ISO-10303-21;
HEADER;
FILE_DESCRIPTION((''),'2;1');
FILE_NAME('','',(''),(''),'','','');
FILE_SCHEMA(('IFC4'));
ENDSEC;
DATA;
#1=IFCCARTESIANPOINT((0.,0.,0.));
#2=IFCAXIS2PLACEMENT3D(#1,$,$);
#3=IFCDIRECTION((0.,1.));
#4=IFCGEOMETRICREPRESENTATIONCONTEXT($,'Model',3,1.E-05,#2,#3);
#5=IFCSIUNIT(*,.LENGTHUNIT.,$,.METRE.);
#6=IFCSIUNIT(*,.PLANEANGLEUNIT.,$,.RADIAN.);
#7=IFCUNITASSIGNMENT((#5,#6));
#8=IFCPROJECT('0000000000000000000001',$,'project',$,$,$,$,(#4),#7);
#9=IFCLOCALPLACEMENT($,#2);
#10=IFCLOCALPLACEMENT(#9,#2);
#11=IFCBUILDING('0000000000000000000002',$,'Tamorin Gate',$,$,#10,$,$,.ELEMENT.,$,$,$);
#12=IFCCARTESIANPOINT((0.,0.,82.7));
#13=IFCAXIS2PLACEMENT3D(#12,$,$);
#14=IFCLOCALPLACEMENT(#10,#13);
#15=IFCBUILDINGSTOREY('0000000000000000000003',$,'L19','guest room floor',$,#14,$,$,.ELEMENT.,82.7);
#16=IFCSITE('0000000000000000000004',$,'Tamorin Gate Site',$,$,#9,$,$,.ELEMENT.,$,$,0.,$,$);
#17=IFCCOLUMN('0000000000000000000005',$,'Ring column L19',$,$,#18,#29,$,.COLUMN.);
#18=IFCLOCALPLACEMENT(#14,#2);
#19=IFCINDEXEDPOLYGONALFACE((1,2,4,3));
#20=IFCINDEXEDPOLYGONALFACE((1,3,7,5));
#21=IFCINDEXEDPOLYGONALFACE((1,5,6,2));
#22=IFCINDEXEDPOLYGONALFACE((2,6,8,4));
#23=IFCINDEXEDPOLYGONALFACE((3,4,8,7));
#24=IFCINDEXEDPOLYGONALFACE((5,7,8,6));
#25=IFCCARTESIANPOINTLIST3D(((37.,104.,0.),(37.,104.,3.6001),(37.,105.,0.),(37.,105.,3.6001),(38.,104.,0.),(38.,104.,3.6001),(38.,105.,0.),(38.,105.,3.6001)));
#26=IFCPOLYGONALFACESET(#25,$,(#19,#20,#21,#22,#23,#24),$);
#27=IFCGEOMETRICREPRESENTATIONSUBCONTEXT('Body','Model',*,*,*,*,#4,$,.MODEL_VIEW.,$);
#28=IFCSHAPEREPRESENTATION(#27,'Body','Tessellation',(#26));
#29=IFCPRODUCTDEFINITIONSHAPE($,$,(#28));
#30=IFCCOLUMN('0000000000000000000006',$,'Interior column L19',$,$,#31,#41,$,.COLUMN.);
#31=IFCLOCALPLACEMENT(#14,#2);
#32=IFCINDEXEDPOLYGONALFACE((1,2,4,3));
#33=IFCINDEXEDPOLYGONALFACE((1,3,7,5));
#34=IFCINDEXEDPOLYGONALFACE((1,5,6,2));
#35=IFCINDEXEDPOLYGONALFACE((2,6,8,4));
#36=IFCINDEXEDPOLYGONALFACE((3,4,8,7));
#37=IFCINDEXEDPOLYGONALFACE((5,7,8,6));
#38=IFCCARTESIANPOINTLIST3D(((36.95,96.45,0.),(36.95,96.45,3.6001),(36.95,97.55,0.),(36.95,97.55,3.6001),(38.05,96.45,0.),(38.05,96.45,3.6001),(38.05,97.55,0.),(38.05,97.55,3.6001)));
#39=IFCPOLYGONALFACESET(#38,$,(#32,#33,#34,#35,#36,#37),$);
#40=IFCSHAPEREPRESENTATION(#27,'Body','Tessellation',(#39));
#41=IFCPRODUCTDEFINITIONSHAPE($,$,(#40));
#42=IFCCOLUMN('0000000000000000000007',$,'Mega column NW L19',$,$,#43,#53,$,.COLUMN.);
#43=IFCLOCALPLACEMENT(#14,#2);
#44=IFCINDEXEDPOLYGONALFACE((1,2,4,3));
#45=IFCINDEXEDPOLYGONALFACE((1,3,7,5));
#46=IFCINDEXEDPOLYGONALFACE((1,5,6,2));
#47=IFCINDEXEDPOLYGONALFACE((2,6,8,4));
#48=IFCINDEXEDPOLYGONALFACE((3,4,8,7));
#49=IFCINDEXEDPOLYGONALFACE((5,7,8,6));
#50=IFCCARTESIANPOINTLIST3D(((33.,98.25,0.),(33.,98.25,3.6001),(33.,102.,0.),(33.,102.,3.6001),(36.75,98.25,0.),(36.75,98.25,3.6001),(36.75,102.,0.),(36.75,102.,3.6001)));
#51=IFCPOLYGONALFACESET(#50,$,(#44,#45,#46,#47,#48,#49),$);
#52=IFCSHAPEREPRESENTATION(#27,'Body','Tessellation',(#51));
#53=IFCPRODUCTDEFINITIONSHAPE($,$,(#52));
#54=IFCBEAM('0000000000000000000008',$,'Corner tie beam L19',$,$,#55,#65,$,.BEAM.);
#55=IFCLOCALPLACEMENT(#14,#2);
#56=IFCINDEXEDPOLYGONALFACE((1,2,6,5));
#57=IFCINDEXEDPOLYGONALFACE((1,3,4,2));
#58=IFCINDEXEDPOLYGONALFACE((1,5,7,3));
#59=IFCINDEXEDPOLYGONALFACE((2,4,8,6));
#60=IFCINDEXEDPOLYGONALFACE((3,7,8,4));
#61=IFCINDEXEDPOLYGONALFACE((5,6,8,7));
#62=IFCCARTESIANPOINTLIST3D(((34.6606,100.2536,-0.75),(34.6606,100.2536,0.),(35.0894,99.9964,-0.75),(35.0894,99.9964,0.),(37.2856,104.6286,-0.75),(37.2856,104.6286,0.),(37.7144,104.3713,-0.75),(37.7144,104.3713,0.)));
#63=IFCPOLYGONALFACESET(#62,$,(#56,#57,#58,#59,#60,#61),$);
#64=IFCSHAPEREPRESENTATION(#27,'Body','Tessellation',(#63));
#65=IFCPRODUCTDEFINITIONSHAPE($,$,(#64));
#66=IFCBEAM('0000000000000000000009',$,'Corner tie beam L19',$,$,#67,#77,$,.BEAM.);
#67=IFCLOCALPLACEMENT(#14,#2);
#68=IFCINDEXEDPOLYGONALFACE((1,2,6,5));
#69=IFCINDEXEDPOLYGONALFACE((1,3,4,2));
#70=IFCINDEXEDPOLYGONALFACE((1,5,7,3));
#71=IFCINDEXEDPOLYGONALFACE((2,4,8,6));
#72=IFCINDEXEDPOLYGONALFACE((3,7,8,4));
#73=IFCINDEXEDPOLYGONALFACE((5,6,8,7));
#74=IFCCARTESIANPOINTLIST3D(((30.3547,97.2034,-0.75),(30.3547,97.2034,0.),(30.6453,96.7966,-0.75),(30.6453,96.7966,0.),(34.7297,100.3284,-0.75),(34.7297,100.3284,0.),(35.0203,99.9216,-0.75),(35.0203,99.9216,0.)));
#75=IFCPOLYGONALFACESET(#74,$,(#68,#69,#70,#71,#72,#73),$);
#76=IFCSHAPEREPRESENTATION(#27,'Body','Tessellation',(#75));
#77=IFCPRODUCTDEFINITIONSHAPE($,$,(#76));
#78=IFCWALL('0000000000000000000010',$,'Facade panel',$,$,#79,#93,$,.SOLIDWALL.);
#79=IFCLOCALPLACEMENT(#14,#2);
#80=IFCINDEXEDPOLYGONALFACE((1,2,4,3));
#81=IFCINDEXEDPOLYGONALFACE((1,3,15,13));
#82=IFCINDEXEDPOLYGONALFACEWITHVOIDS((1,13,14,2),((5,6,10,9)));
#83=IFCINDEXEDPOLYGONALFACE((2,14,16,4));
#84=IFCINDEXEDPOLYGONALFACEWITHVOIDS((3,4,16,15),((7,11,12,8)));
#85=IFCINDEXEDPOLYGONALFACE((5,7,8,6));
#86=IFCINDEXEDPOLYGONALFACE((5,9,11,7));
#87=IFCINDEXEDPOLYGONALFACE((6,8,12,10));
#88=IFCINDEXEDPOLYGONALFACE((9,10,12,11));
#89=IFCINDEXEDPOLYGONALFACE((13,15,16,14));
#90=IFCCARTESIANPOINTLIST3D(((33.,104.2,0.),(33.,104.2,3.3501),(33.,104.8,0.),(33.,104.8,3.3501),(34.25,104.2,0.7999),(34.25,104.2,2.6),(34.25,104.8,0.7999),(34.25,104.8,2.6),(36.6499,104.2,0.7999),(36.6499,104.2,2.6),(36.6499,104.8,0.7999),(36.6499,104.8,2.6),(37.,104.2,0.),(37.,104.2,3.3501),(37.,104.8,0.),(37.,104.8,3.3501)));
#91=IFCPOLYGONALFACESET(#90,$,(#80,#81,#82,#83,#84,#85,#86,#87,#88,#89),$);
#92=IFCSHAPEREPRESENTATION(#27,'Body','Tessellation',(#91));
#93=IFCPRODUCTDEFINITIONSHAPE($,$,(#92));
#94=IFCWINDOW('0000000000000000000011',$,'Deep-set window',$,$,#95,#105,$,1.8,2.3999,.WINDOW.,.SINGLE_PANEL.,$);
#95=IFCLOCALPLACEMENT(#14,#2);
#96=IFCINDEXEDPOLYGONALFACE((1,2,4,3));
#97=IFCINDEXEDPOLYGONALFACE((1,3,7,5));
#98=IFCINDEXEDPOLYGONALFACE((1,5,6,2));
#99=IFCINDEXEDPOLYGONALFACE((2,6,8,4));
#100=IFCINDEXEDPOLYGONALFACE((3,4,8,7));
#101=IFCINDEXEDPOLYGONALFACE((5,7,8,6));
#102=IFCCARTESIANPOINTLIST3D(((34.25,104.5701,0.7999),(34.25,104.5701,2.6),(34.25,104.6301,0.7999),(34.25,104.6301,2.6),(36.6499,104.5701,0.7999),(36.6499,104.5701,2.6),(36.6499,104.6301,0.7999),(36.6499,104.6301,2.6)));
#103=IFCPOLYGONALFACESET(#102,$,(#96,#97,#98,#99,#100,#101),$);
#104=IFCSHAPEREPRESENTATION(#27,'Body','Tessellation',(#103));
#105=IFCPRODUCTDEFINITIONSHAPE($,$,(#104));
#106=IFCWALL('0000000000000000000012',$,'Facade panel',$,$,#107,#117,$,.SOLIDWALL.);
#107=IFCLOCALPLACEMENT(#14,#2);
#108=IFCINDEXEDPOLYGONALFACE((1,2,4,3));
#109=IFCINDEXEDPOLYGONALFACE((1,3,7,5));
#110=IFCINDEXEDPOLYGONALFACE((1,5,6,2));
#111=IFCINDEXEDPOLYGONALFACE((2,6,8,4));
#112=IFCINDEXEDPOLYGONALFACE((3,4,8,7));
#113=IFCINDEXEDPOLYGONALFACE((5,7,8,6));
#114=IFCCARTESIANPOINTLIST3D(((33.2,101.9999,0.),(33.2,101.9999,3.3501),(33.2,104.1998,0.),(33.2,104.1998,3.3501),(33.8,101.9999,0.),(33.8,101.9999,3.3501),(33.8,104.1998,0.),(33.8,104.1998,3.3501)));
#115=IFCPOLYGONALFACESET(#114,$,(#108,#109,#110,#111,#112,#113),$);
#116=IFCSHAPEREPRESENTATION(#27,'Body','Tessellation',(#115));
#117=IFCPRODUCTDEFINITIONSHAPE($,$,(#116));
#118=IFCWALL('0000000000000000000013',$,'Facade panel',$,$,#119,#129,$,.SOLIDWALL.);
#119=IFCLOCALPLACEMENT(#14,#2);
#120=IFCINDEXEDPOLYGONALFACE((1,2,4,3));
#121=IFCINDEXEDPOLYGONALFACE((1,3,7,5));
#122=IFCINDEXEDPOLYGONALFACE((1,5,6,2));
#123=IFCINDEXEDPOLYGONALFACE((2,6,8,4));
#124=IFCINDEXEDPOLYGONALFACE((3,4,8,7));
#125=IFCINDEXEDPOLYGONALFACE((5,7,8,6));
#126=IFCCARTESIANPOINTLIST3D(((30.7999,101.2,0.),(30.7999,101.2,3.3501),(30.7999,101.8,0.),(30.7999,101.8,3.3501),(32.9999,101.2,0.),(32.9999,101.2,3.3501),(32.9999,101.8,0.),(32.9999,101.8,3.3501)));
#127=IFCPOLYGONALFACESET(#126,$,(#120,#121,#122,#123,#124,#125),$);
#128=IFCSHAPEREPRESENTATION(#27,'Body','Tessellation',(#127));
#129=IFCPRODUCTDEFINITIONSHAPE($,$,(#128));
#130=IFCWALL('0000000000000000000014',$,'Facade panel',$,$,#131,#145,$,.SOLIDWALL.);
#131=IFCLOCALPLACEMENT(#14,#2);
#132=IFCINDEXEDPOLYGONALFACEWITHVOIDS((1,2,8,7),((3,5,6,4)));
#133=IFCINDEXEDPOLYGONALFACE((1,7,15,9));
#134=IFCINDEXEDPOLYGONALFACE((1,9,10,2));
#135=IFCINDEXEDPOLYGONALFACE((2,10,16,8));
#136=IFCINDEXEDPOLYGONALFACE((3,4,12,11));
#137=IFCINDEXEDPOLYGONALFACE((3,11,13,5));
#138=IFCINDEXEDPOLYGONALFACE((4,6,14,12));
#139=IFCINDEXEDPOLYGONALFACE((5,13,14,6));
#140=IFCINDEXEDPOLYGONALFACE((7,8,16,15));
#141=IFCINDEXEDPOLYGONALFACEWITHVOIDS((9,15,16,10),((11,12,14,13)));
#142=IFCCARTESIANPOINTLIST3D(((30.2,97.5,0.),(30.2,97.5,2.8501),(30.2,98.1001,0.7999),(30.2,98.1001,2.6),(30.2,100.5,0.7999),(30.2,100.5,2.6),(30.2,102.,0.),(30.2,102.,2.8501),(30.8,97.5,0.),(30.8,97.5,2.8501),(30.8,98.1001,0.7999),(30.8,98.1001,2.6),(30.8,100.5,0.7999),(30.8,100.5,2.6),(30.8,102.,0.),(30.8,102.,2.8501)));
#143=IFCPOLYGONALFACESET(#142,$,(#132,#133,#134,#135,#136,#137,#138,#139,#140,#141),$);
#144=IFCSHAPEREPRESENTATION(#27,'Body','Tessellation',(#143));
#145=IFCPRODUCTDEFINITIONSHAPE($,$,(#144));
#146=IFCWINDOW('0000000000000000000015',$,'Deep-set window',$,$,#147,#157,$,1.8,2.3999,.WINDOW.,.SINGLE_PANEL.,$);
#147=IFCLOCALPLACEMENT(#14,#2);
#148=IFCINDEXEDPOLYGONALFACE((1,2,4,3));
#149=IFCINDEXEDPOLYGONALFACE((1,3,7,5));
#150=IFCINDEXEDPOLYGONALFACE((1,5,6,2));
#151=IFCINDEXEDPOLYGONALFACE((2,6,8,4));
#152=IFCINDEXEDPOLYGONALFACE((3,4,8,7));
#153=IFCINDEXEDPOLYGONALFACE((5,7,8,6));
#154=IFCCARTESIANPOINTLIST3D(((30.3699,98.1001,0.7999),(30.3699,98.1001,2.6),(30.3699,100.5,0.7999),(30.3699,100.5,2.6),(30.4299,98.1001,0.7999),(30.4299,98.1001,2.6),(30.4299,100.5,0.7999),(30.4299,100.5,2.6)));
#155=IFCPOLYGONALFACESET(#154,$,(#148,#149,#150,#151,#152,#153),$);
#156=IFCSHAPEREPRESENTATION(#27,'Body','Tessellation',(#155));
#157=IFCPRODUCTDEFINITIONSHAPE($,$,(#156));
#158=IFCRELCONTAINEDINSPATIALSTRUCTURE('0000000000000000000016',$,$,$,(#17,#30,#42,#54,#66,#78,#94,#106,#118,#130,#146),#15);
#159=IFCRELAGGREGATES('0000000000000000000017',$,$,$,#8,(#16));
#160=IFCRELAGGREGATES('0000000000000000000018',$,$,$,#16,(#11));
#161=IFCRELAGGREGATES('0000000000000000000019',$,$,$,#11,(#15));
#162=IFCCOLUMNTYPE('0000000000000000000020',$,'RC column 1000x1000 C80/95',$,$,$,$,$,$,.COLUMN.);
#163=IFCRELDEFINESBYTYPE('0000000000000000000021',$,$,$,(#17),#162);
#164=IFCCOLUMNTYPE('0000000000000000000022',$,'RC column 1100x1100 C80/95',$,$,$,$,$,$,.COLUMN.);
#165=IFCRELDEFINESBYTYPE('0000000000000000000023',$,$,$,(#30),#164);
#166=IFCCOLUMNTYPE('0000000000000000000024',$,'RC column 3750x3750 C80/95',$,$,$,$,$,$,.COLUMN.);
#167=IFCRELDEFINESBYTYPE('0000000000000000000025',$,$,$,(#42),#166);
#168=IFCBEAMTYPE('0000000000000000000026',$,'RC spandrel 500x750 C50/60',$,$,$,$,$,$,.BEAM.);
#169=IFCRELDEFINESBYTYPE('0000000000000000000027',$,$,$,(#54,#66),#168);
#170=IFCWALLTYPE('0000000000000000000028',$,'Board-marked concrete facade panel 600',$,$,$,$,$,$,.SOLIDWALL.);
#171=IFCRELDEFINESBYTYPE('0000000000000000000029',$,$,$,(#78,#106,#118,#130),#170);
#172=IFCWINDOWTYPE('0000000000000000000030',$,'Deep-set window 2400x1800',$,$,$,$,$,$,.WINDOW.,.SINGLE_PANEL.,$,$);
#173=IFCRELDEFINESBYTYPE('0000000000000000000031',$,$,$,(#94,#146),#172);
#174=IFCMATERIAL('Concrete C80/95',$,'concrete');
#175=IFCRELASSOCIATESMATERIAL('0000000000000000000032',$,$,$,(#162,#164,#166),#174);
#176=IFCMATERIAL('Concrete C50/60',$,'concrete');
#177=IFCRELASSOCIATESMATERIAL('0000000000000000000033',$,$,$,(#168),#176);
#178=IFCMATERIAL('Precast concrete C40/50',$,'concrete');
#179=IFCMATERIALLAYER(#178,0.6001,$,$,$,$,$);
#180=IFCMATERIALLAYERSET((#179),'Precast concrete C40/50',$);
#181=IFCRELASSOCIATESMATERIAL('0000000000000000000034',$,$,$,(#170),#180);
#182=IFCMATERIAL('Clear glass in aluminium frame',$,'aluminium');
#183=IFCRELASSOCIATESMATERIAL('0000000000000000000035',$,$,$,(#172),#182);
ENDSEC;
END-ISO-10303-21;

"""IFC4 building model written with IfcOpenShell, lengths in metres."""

from ifc_helpers import new_model, si_unit, direction, frame, frame_2d, origin, origin_2d, place, context, subcontext, project, spatial, rectangle, extrude, material, layer, layer_set, material_profile, profile_set, type_object, element, fill, save


model = new_model("IFC4")

# Units and contexts
model_context = context("Model", 3, precision=1e-05, world=origin(), true_north=direction((0.0, 1.0)))
body_context = subcontext(model_context, "Body", "Model", "MODEL_VIEW")
ifc_project = project(units=[si_unit("LENGTHUNIT", "METRE"), si_unit("PLANEANGLEUNIT", "RADIAN")], contexts=[model_context])

# Site, building, storey
site_placement = place(None, origin())
site = spatial("IfcSite", under=ifc_project, at=site_placement, Name="Tamorin Gate Site", CompositionType="ELEMENT", RefElevation=0.0)
building_placement = place(site_placement, origin())
building = spatial("IfcBuilding", under=site, at=building_placement, Name="Tamorin Gate", CompositionType="ELEMENT")
storey_placement = place(building_placement, frame((0.0, 0.0, 82.7)))
storey = spatial("IfcBuildingStorey", under=building, at=storey_placement, Name="L19", Description="guest room floor", CompositionType="ELEMENT", Elevation=82.7)

# Columns
ifc_material_1 = material(Name="Concrete C80/95", Category="concrete")
ifc_material_profile_1 = material_profile(ifc_material_1, rectangle(XDim=1.0, YDim=1.0, at=origin_2d()), Name="RC 1000x1000")
ifc_profile_set_1 = profile_set([ifc_material_profile_1], Name="Concrete C80/95")
column_type_1 = type_object("IfcColumnType", Name="RC column 1000x1000 C80/95", PredefinedType="COLUMN", material=ifc_profile_set_1)
column_1_placement = place(storey_placement, frame((37.5, 104.5, 0.0), z_axis=(0.0, 0.0, 1.0), x_axis=(1.0, 0.0, 0.0)))
element("IfcColumn", 1, at=column_1_placement, inside=storey, type_object=column_type_1, Name="Ring column L19", PredefinedType="COLUMN", context=body_context, shape_type="SweptSolid", body=[
    extrude(rectangle(XDim=1.0, YDim=1.0, at=origin_2d()), origin(), (0.0, 0.0, 1.0), 3.6001),
])
ifc_material_profile_2 = material_profile(ifc_material_1, rectangle(XDim=1.1001, YDim=1.1001, at=origin_2d()), Name="RC 1100x1100")
ifc_profile_set_2 = profile_set([ifc_material_profile_2], Name="Concrete C80/95")
column_type_2 = type_object("IfcColumnType", Name="RC column 1100x1100 C80/95", PredefinedType="COLUMN", material=ifc_profile_set_2)
column_2_placement = place(storey_placement, frame((37.5, 97.0, 0.0), z_axis=(0.0, 0.0, 1.0), x_axis=(1.0, 0.0, 0.0)))
element("IfcColumn", 2, at=column_2_placement, inside=storey, type_object=column_type_2, Name="Interior column L19", PredefinedType="COLUMN", context=body_context, shape_type="SweptSolid", body=[
    extrude(rectangle(XDim=1.1001, YDim=1.1001, at=origin_2d()), origin(), (0.0, 0.0, 1.0), 3.6001),
])
ifc_material_profile_3 = material_profile(ifc_material_1, rectangle(XDim=3.75, YDim=3.75, at=origin_2d()), Name="RC 3750x3750")
ifc_profile_set_3 = profile_set([ifc_material_profile_3], Name="Concrete C80/95")
column_type_3 = type_object("IfcColumnType", Name="RC column 3750x3750 C80/95", PredefinedType="COLUMN", material=ifc_profile_set_3)
column_3_placement = place(storey_placement, frame((34.875, 100.125, 0.0), z_axis=(0.0, 0.0, 1.0), x_axis=(1.0, 0.0, 0.0)))
element("IfcColumn", 3, at=column_3_placement, inside=storey, type_object=column_type_3, Name="Mega column NW L19", PredefinedType="COLUMN", context=body_context, shape_type="SweptSolid", body=[
    extrude(rectangle(XDim=3.75, YDim=3.75, at=origin_2d()), origin(), (0.0, 0.0, 1.0), 3.6001),
])

# Beams
ifc_material_2 = material(Name="Concrete C50/60", Category="concrete")
ifc_material_profile_4 = material_profile(ifc_material_2, rectangle(XDim=0.5, YDim=0.75, at=origin_2d()), Name="RC 500x750")
ifc_profile_set_4 = profile_set([ifc_material_profile_4], Name="Concrete C50/60")
beam_type = type_object("IfcBeamType", Name="RC spandrel 500x750 C50/60", PredefinedType="BEAM", material=ifc_profile_set_4)
beam_1_placement = place(storey_placement, frame((34.875, 100.125, -0.375), z_axis=(0.514496, 0.857493, 0.0), x_axis=(-0.857493, 0.514496, 0.0)))
element("IfcBeam", 4, at=beam_1_placement, inside=storey, type_object=beam_type, Name="Corner tie beam L19", PredefinedType="BEAM", context=body_context, shape_type="SweptSolid", body=[
    extrude(rectangle(XDim=0.5, YDim=0.75, at=origin_2d()), origin(), (0.0, 0.0, 1.0), 5.1021),
])
beam_2_placement = place(storey_placement, frame((34.875, 100.125, -0.375), z_axis=(-0.813733, -0.581238, 0.0), x_axis=(0.581238, -0.813733, 0.0)))
element("IfcBeam", 5, at=beam_2_placement, inside=storey, type_object=beam_type, Name="Corner tie beam L19", PredefinedType="BEAM", context=body_context, shape_type="SweptSolid", body=[
    extrude(rectangle(XDim=0.5, YDim=0.75, at=origin_2d()), origin(), (0.0, 0.0, 1.0), 5.3765),
])

# Wall, opening, window
ifc_material_3 = material(Name="Precast concrete C40/50", Category="concrete")
ifc_layer_1 = layer(ifc_material_3, 0.6001)
ifc_layer_set_1 = layer_set([ifc_layer_1], Name="Precast concrete C40/50")
wall_type_1 = type_object("IfcWallType", Name="Board-marked concrete facade panel 600", PredefinedType="SOLIDWALL", material=ifc_layer_set_1)
wall_1_placement = place(storey_placement, frame((37.0, 104.5, 0.0), z_axis=(0.0, 0.0, 1.0), x_axis=(-1.0, 0.0, 0.0)))
wall_1 = element("IfcWall", 6, at=wall_1_placement, inside=storey, type_object=wall_type_1, Name="Facade panel", PredefinedType="SOLIDWALL", context=body_context, shape_type="SweptSolid", body=[
    extrude(rectangle(XDim=4.0, YDim=0.6001, at=frame_2d((2.0, 0.0))), origin(), (0.0, 0.0, 1.0), 3.3501),
])
opening_1_placement = place(wall_1_placement, frame((0.3501, 0.0, 0.8)))
opening_1 = element("IfcOpeningElement", 7, at=opening_1_placement, cuts=wall_1, PredefinedType="OPENING", context=body_context, shape_type="SweptSolid", body=[
    extrude(rectangle(XDim=2.3999, YDim=1.8, at=frame_2d((1.2, 0.8999))), frame((0.0, 0.3101, 0.0), z_axis=(0.0, -1.0, 0.0), x_axis=(1.0, 0.0, 0.0)), (0.0, 0.0, 1.0), 0.6201),
])
ifc_material_4 = material(Name="Clear glass in aluminium frame", Category="aluminium")
window_type = type_object("IfcWindowType", Name="Deep-set window 2400x1800", PartitioningType="SINGLE_PANEL", PredefinedType="WINDOW", material=ifc_material_4)
window_1_placement = place(opening_1_placement, origin())
window_1 = element("IfcWindow", 8, at=window_1_placement, inside=storey, type_object=window_type, Name="Deep-set window", OverallHeight=1.8, OverallWidth=2.3999, PartitioningType="SINGLE_PANEL", PredefinedType="WINDOW", context=body_context, shape_type="SweptSolid", body=[
    extrude(rectangle(XDim=2.3999, YDim=1.8, at=frame_2d((1.2, 0.8999))), frame((0.0, -0.0701, 0.0), z_axis=(0.0, -1.0, 0.0), x_axis=(1.0, 0.0, 0.0)), (0.0, 0.0, 1.0), 0.0601),
])
fill(opening_1, window_1)

# Walls
for number, where, z_axis, x_axis, name in (
    (9, (33.5, 104.2, 0.0), (0.0, 0.0, 1.0), (0.0, -1.0, 0.0), "Facade panel"),
    (10, (33.0, 101.5, 0.0), (0.0, 0.0, 1.0), (-1.0, 0.0, 0.0), "Facade panel"),
):
    element("IfcWall", number, at=place(storey_placement, frame(where, z_axis=z_axis, x_axis=x_axis)), inside=storey, type_object=wall_type_1, Name=name, PredefinedType="SOLIDWALL", context=body_context, shape_type="SweptSolid", body=[
        extrude(rectangle(XDim=2.2, YDim=0.6001, at=frame_2d((1.1001, 0.0))), origin(), (0.0, 0.0, 1.0), 3.3501),
    ])

# Wall, opening, window
wall_2_placement = place(storey_placement, frame((30.5, 102.0, 0.0), z_axis=(0.0, 0.0, 1.0), x_axis=(0.0, -1.0, 0.0)))
wall_2 = element("IfcWall", 11, at=wall_2_placement, inside=storey, type_object=wall_type_1, Name="Facade panel", PredefinedType="SOLIDWALL", context=body_context, shape_type="SweptSolid", body=[
    extrude(rectangle(XDim=4.5, YDim=0.6001, at=frame_2d((2.25, 0.0))), origin(), (0.0, 0.0, 1.0), 2.8501),
])
opening_2_placement = place(wall_2_placement, frame((1.5, 0.0, 0.8)))
opening_2 = element("IfcOpeningElement", 12, at=opening_2_placement, cuts=wall_2, PredefinedType="OPENING", context=body_context, shape_type="SweptSolid", body=[
    extrude(rectangle(XDim=2.3999, YDim=1.8, at=frame_2d((1.2, 0.8999))), frame((0.0, 0.3101, 0.0), z_axis=(0.0, -1.0, 0.0), x_axis=(1.0, 0.0, 0.0)), (0.0, 0.0, 1.0), 0.6201),
])
window_2_placement = place(opening_2_placement, origin())
window_2 = element("IfcWindow", 13, at=window_2_placement, inside=storey, type_object=window_type, Name="Deep-set window", OverallHeight=1.8, OverallWidth=2.3999, PartitioningType="SINGLE_PANEL", PredefinedType="WINDOW", context=body_context, shape_type="SweptSolid", body=[
    extrude(rectangle(XDim=2.3999, YDim=1.8, at=frame_2d((1.2, 0.8999))), frame((0.0, -0.0701, 0.0), z_axis=(0.0, -1.0, 0.0), x_axis=(1.0, 0.0, 0.0)), (0.0, 0.0, 1.0), 0.0601),
])
fill(opening_2, window_2)

save(model, "model.ifc")
